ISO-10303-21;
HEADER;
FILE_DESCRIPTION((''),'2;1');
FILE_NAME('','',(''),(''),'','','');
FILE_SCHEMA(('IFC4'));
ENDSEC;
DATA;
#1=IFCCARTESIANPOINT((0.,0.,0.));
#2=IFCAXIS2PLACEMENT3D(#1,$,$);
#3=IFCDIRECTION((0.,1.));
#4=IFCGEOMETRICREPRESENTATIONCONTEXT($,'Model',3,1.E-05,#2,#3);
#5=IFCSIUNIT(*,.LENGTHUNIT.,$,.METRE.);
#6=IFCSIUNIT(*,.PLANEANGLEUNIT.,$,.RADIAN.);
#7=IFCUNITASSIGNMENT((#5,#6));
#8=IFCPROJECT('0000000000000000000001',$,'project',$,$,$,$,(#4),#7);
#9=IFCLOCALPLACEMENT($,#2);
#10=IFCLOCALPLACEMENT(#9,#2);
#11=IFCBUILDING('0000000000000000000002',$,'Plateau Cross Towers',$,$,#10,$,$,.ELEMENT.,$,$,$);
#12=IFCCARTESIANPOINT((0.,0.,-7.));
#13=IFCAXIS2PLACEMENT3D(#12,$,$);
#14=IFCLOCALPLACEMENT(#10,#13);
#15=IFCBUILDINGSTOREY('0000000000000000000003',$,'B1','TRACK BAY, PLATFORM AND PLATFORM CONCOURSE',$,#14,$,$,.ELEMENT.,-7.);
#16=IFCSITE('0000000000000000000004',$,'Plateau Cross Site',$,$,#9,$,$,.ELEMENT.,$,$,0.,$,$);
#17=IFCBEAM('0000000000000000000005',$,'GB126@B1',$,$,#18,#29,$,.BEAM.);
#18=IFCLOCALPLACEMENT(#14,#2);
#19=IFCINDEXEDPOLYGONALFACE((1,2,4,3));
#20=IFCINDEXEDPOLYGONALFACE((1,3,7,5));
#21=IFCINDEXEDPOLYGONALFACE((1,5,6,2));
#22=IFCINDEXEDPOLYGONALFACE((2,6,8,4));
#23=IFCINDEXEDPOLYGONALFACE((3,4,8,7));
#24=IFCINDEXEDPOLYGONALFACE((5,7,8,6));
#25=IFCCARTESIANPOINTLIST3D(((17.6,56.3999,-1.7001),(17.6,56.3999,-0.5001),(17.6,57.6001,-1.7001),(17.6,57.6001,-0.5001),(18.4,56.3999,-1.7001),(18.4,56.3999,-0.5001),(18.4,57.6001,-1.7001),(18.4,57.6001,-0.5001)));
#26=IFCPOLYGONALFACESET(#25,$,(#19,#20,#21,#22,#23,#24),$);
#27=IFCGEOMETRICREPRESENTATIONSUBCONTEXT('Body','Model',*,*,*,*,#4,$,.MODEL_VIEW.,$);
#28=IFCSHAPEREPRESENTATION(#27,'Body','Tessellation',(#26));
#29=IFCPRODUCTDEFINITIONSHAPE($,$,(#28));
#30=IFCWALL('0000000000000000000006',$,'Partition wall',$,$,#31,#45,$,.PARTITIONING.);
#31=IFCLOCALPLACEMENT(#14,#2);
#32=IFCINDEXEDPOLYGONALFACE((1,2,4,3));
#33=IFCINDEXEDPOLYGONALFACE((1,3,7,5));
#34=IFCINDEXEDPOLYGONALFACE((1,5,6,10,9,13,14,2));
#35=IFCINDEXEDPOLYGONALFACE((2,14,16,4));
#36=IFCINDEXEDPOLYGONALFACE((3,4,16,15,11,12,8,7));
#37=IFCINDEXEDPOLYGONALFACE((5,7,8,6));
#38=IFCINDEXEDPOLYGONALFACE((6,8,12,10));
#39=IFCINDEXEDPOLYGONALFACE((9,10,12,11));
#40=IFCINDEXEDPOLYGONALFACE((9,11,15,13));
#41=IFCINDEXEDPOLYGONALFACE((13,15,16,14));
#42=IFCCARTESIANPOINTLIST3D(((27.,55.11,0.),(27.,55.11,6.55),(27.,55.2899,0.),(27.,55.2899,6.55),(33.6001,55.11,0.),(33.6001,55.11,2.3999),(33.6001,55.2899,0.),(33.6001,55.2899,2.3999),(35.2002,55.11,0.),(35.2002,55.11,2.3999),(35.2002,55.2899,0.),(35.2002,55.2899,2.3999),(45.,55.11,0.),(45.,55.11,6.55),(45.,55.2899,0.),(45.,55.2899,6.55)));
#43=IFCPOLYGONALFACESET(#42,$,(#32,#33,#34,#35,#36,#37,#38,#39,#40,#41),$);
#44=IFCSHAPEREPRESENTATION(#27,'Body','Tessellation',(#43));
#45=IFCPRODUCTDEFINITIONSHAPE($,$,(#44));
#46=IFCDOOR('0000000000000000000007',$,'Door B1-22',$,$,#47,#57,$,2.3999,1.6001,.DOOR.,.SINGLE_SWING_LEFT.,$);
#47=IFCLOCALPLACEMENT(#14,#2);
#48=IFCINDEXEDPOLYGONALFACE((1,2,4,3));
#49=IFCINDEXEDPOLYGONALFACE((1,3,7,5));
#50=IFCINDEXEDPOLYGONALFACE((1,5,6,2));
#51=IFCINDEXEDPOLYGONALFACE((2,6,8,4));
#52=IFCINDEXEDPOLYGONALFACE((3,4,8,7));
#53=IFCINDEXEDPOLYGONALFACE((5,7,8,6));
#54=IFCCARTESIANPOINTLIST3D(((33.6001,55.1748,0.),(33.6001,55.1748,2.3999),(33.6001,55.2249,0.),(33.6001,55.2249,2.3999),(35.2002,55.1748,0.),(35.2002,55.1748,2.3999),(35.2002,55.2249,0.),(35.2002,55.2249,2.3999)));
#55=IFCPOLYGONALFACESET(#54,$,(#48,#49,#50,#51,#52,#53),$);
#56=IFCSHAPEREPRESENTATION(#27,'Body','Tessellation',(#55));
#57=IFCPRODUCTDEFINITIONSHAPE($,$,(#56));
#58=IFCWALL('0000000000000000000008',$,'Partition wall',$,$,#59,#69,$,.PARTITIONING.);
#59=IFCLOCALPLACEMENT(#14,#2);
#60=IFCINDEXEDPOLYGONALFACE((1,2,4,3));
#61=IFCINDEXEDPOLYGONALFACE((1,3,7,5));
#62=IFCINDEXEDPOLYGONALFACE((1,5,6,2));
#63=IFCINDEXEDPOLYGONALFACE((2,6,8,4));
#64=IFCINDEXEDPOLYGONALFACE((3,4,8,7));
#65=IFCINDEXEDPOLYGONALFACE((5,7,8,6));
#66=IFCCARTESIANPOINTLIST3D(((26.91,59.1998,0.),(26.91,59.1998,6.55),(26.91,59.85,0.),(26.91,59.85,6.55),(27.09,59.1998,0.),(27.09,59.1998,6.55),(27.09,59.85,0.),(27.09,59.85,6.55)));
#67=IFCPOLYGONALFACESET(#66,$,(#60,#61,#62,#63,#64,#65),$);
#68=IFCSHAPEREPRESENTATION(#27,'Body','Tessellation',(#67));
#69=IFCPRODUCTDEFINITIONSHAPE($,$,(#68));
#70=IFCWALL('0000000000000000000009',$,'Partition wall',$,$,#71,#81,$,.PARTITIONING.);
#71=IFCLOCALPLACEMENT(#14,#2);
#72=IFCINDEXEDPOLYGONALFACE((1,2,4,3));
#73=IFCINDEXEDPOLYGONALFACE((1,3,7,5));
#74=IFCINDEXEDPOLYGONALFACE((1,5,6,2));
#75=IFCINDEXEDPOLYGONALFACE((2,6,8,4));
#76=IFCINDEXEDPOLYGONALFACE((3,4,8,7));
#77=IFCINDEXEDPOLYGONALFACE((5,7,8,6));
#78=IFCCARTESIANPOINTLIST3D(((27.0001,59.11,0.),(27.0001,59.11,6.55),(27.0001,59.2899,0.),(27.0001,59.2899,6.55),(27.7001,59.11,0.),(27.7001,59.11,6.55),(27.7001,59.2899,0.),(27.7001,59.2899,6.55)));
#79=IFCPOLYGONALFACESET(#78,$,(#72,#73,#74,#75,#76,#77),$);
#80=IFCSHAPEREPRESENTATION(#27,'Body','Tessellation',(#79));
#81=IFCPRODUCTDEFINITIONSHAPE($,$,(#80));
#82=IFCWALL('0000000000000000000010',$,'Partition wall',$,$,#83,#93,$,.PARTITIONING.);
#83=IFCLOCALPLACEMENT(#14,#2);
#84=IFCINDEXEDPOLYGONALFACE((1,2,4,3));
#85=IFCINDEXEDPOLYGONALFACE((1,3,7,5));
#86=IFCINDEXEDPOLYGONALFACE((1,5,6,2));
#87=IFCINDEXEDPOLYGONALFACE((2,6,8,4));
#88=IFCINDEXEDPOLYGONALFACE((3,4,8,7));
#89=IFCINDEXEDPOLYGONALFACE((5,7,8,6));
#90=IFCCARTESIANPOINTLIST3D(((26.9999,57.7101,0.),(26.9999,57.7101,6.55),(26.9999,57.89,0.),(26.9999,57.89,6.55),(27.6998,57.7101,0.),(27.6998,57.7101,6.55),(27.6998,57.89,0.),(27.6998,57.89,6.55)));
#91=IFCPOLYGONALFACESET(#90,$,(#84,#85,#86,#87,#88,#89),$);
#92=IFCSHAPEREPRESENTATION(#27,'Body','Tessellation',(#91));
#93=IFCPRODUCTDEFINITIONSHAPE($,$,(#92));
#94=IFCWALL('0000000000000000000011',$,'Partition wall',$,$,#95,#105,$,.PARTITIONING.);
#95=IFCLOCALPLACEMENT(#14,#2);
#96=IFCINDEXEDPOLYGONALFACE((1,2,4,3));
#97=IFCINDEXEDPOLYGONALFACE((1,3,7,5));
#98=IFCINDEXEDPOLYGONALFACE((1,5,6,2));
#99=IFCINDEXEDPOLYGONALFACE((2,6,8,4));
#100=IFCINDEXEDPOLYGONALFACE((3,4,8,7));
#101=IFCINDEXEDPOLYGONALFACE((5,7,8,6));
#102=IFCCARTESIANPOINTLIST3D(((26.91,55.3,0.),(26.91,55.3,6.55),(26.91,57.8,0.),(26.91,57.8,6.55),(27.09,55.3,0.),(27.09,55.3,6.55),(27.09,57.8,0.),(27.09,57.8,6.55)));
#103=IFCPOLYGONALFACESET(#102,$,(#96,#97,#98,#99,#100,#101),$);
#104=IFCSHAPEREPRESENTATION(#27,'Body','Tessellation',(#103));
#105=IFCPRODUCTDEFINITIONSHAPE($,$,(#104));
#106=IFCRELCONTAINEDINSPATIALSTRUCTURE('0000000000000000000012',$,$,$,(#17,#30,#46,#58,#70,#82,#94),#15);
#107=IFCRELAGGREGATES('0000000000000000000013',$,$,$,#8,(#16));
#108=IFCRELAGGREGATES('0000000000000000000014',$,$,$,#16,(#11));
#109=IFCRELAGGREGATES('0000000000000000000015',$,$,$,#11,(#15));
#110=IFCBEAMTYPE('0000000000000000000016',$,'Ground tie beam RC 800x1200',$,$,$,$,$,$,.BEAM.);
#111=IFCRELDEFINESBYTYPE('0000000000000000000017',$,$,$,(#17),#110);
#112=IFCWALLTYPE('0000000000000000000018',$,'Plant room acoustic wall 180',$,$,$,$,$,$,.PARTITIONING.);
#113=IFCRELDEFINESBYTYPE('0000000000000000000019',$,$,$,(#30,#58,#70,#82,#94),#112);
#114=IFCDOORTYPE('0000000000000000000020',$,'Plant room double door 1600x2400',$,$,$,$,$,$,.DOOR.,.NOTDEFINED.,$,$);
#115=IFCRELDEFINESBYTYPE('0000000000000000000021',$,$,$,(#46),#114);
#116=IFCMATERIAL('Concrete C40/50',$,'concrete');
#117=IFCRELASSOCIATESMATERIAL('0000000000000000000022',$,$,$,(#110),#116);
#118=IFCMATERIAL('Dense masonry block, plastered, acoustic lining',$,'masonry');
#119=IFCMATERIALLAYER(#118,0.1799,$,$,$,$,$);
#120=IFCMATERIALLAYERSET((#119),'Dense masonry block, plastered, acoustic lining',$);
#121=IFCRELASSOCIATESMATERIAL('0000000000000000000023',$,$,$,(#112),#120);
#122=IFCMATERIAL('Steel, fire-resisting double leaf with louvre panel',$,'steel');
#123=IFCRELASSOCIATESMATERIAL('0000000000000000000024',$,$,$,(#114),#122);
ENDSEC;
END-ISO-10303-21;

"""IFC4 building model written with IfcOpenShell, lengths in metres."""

from ifc_helpers import new_model, si_unit, direction, frame, frame_2d, origin, origin_2d, place, context, subcontext, project, spatial, rectangle, extrude, material, layer, layer_set, material_profile, profile_set, type_object, element, fill, save


model = new_model("IFC4")

# Units and contexts
model_context = context("Model", 3, precision=1e-05, world=origin(), true_north=direction((0.0, 1.0)))
body_context = subcontext(model_context, "Body", "Model", "MODEL_VIEW")
ifc_project = project(units=[si_unit("LENGTHUNIT", "METRE"), si_unit("PLANEANGLEUNIT", "RADIAN")], contexts=[model_context])

# Site, building, storey
site_placement = place(None, origin())
site = spatial("IfcSite", under=ifc_project, at=site_placement, Name="Plateau Cross Site", CompositionType="ELEMENT", RefElevation=0.0)
building_placement = place(site_placement, origin())
building = spatial("IfcBuilding", under=site, at=building_placement, Name="Plateau Cross Towers", CompositionType="ELEMENT")
storey_placement = place(building_placement, frame((0.0, 0.0, -7.0)))
storey = spatial("IfcBuildingStorey", under=building, at=storey_placement, Name="B1", Description="TRACK BAY, PLATFORM AND PLATFORM CONCOURSE", CompositionType="ELEMENT", Elevation=-7.0)

# Shared definitions
ifc_material_1 = material(Name="Concrete C40/50", Category="concrete")

# Beam
ifc_material_profile_1 = material_profile(ifc_material_1, rectangle(XDim=0.8, YDim=1.2, at=origin_2d()), Name="RC 800x1200")
ifc_profile_set_1 = profile_set([ifc_material_profile_1], Name="Concrete C40/50")
beam_type_1 = type_object("IfcBeamType", Name="Ground tie beam RC 800x1200", PredefinedType="BEAM", material=ifc_profile_set_1)
beam_1_placement = place(storey_placement, frame((18.0, 56.3999, -1.1001), z_axis=(0.0, 1.0, 0.0), x_axis=(-1.0, 0.0, 0.0)))
element("IfcBeam", 1, at=beam_1_placement, inside=storey, type_object=beam_type_1, Name="GB126@B1", PredefinedType="BEAM", context=body_context, shape_type="SweptSolid", body=[
    extrude(rectangle(XDim=0.8, YDim=1.2, at=origin_2d()), origin(), (0.0, 0.0, 1.0), 1.2002),
])

# Wall, opening, door
ifc_material_2 = material(Name="Dense masonry block, plastered, acoustic lining", Category="masonry")
ifc_layer = layer(ifc_material_2, 0.1799)
ifc_layer_set = layer_set([ifc_layer], Name="Dense masonry block, plastered, acoustic lining")
wall_type = type_object("IfcWallType", Name="Plant room acoustic wall 180", PredefinedType="PARTITIONING", material=ifc_layer_set)
wall_1_placement = place(storey_placement, frame((27.0, 55.2, 0.0), z_axis=(0.0, 0.0, 1.0), x_axis=(1.0, 0.0, 0.0)))
wall_1 = element("IfcWall", 2, at=wall_1_placement, inside=storey, type_object=wall_type, Name="Partition wall", PredefinedType="PARTITIONING", context=body_context, shape_type="SweptSolid", body=[
    extrude(rectangle(XDim=18.0, YDim=0.1799, at=frame_2d((9.0, 0.0))), origin(), (0.0, 0.0, 1.0), 6.55),
])
opening_placement = place(wall_1_placement, frame((6.6001, 0.0, 0.0)))
opening = element("IfcOpeningElement", 3, at=opening_placement, cuts=wall_1, PredefinedType="OPENING", context=body_context, shape_type="SweptSolid", body=[
    extrude(rectangle(XDim=1.6001, YDim=2.3999, at=frame_2d((0.8, 1.2))), frame((0.0, 0.0999, 0.0), z_axis=(0.0, -1.0, 0.0), x_axis=(1.0, 0.0, 0.0)), (0.0, 0.0, 1.0), 0.2),
])
ifc_material_3 = material(Name="Steel, fire-resisting double leaf with louvre panel", Category="steel")
door_type = type_object("IfcDoorType", Name="Plant room double door 1600x2400", OperationType="NOTDEFINED", PredefinedType="DOOR", material=ifc_material_3)
door_placement = place(opening_placement, origin())
door = element("IfcDoor", 4, at=door_placement, inside=storey, type_object=door_type, Name="Door B1-22", OperationType="SINGLE_SWING_LEFT", OverallHeight=2.3999, OverallWidth=1.6001, PredefinedType="DOOR", context=body_context, shape_type="SweptSolid", body=[
    extrude(rectangle(XDim=1.6001, YDim=2.3999, at=frame_2d((0.8, 1.2))), frame((0.0, 0.0249, 0.0), z_axis=(0.0, -1.0, 0.0), x_axis=(1.0, 0.0, 0.0)), (0.0, 0.0, 1.0), 0.05),
])
fill(opening, door)

# Walls
wall_2_placement = place(storey_placement, frame((27.0, 59.8501, 0.0), z_axis=(0.0, 0.0, 1.0), x_axis=(0.0, -1.0, 0.0)))
element("IfcWall", 5, at=wall_2_placement, inside=storey, type_object=wall_type, Name="Partition wall", PredefinedType="PARTITIONING", context=body_context, shape_type="SweptSolid", body=[
    extrude(rectangle(XDim=0.6501, YDim=0.1799, at=frame_2d((0.3252, 0.0))), origin(), (0.0, 0.0, 1.0), 6.55),
])
for number, where, z_axis, x_axis, name in (
    (6, (27.0, 59.2, 0.0), (0.0, 0.0, 1.0), (1.0, 0.0, 0.0), "Partition wall"),
    (7, (27.7, 57.8, 0.0), (0.0, 0.0, 1.0), (-1.0, 0.0, 0.0), "Partition wall"),
):
    element("IfcWall", number, at=place(storey_placement, frame(where, z_axis=z_axis, x_axis=x_axis)), inside=storey, type_object=wall_type, Name=name, PredefinedType="PARTITIONING", context=body_context, shape_type="SweptSolid", body=[
        extrude(rectangle(XDim=0.7, YDim=0.1799, at=frame_2d((0.3501, 0.0))), origin(), (0.0, 0.0, 1.0), 6.55),
    ])
wall_3_placement = place(storey_placement, frame((27.0, 57.8, 0.0), z_axis=(0.0, 0.0, 1.0), x_axis=(0.0, -1.0, 0.0)))
element("IfcWall", 8, at=wall_3_placement, inside=storey, type_object=wall_type, Name="Partition wall", PredefinedType="PARTITIONING", context=body_context, shape_type="SweptSolid", body=[
    extrude(rectangle(XDim=2.5, YDim=0.1799, at=frame_2d((1.25, 0.0))), origin(), (0.0, 0.0, 1.0), 6.55),
])

save(model, "model.ifc")
